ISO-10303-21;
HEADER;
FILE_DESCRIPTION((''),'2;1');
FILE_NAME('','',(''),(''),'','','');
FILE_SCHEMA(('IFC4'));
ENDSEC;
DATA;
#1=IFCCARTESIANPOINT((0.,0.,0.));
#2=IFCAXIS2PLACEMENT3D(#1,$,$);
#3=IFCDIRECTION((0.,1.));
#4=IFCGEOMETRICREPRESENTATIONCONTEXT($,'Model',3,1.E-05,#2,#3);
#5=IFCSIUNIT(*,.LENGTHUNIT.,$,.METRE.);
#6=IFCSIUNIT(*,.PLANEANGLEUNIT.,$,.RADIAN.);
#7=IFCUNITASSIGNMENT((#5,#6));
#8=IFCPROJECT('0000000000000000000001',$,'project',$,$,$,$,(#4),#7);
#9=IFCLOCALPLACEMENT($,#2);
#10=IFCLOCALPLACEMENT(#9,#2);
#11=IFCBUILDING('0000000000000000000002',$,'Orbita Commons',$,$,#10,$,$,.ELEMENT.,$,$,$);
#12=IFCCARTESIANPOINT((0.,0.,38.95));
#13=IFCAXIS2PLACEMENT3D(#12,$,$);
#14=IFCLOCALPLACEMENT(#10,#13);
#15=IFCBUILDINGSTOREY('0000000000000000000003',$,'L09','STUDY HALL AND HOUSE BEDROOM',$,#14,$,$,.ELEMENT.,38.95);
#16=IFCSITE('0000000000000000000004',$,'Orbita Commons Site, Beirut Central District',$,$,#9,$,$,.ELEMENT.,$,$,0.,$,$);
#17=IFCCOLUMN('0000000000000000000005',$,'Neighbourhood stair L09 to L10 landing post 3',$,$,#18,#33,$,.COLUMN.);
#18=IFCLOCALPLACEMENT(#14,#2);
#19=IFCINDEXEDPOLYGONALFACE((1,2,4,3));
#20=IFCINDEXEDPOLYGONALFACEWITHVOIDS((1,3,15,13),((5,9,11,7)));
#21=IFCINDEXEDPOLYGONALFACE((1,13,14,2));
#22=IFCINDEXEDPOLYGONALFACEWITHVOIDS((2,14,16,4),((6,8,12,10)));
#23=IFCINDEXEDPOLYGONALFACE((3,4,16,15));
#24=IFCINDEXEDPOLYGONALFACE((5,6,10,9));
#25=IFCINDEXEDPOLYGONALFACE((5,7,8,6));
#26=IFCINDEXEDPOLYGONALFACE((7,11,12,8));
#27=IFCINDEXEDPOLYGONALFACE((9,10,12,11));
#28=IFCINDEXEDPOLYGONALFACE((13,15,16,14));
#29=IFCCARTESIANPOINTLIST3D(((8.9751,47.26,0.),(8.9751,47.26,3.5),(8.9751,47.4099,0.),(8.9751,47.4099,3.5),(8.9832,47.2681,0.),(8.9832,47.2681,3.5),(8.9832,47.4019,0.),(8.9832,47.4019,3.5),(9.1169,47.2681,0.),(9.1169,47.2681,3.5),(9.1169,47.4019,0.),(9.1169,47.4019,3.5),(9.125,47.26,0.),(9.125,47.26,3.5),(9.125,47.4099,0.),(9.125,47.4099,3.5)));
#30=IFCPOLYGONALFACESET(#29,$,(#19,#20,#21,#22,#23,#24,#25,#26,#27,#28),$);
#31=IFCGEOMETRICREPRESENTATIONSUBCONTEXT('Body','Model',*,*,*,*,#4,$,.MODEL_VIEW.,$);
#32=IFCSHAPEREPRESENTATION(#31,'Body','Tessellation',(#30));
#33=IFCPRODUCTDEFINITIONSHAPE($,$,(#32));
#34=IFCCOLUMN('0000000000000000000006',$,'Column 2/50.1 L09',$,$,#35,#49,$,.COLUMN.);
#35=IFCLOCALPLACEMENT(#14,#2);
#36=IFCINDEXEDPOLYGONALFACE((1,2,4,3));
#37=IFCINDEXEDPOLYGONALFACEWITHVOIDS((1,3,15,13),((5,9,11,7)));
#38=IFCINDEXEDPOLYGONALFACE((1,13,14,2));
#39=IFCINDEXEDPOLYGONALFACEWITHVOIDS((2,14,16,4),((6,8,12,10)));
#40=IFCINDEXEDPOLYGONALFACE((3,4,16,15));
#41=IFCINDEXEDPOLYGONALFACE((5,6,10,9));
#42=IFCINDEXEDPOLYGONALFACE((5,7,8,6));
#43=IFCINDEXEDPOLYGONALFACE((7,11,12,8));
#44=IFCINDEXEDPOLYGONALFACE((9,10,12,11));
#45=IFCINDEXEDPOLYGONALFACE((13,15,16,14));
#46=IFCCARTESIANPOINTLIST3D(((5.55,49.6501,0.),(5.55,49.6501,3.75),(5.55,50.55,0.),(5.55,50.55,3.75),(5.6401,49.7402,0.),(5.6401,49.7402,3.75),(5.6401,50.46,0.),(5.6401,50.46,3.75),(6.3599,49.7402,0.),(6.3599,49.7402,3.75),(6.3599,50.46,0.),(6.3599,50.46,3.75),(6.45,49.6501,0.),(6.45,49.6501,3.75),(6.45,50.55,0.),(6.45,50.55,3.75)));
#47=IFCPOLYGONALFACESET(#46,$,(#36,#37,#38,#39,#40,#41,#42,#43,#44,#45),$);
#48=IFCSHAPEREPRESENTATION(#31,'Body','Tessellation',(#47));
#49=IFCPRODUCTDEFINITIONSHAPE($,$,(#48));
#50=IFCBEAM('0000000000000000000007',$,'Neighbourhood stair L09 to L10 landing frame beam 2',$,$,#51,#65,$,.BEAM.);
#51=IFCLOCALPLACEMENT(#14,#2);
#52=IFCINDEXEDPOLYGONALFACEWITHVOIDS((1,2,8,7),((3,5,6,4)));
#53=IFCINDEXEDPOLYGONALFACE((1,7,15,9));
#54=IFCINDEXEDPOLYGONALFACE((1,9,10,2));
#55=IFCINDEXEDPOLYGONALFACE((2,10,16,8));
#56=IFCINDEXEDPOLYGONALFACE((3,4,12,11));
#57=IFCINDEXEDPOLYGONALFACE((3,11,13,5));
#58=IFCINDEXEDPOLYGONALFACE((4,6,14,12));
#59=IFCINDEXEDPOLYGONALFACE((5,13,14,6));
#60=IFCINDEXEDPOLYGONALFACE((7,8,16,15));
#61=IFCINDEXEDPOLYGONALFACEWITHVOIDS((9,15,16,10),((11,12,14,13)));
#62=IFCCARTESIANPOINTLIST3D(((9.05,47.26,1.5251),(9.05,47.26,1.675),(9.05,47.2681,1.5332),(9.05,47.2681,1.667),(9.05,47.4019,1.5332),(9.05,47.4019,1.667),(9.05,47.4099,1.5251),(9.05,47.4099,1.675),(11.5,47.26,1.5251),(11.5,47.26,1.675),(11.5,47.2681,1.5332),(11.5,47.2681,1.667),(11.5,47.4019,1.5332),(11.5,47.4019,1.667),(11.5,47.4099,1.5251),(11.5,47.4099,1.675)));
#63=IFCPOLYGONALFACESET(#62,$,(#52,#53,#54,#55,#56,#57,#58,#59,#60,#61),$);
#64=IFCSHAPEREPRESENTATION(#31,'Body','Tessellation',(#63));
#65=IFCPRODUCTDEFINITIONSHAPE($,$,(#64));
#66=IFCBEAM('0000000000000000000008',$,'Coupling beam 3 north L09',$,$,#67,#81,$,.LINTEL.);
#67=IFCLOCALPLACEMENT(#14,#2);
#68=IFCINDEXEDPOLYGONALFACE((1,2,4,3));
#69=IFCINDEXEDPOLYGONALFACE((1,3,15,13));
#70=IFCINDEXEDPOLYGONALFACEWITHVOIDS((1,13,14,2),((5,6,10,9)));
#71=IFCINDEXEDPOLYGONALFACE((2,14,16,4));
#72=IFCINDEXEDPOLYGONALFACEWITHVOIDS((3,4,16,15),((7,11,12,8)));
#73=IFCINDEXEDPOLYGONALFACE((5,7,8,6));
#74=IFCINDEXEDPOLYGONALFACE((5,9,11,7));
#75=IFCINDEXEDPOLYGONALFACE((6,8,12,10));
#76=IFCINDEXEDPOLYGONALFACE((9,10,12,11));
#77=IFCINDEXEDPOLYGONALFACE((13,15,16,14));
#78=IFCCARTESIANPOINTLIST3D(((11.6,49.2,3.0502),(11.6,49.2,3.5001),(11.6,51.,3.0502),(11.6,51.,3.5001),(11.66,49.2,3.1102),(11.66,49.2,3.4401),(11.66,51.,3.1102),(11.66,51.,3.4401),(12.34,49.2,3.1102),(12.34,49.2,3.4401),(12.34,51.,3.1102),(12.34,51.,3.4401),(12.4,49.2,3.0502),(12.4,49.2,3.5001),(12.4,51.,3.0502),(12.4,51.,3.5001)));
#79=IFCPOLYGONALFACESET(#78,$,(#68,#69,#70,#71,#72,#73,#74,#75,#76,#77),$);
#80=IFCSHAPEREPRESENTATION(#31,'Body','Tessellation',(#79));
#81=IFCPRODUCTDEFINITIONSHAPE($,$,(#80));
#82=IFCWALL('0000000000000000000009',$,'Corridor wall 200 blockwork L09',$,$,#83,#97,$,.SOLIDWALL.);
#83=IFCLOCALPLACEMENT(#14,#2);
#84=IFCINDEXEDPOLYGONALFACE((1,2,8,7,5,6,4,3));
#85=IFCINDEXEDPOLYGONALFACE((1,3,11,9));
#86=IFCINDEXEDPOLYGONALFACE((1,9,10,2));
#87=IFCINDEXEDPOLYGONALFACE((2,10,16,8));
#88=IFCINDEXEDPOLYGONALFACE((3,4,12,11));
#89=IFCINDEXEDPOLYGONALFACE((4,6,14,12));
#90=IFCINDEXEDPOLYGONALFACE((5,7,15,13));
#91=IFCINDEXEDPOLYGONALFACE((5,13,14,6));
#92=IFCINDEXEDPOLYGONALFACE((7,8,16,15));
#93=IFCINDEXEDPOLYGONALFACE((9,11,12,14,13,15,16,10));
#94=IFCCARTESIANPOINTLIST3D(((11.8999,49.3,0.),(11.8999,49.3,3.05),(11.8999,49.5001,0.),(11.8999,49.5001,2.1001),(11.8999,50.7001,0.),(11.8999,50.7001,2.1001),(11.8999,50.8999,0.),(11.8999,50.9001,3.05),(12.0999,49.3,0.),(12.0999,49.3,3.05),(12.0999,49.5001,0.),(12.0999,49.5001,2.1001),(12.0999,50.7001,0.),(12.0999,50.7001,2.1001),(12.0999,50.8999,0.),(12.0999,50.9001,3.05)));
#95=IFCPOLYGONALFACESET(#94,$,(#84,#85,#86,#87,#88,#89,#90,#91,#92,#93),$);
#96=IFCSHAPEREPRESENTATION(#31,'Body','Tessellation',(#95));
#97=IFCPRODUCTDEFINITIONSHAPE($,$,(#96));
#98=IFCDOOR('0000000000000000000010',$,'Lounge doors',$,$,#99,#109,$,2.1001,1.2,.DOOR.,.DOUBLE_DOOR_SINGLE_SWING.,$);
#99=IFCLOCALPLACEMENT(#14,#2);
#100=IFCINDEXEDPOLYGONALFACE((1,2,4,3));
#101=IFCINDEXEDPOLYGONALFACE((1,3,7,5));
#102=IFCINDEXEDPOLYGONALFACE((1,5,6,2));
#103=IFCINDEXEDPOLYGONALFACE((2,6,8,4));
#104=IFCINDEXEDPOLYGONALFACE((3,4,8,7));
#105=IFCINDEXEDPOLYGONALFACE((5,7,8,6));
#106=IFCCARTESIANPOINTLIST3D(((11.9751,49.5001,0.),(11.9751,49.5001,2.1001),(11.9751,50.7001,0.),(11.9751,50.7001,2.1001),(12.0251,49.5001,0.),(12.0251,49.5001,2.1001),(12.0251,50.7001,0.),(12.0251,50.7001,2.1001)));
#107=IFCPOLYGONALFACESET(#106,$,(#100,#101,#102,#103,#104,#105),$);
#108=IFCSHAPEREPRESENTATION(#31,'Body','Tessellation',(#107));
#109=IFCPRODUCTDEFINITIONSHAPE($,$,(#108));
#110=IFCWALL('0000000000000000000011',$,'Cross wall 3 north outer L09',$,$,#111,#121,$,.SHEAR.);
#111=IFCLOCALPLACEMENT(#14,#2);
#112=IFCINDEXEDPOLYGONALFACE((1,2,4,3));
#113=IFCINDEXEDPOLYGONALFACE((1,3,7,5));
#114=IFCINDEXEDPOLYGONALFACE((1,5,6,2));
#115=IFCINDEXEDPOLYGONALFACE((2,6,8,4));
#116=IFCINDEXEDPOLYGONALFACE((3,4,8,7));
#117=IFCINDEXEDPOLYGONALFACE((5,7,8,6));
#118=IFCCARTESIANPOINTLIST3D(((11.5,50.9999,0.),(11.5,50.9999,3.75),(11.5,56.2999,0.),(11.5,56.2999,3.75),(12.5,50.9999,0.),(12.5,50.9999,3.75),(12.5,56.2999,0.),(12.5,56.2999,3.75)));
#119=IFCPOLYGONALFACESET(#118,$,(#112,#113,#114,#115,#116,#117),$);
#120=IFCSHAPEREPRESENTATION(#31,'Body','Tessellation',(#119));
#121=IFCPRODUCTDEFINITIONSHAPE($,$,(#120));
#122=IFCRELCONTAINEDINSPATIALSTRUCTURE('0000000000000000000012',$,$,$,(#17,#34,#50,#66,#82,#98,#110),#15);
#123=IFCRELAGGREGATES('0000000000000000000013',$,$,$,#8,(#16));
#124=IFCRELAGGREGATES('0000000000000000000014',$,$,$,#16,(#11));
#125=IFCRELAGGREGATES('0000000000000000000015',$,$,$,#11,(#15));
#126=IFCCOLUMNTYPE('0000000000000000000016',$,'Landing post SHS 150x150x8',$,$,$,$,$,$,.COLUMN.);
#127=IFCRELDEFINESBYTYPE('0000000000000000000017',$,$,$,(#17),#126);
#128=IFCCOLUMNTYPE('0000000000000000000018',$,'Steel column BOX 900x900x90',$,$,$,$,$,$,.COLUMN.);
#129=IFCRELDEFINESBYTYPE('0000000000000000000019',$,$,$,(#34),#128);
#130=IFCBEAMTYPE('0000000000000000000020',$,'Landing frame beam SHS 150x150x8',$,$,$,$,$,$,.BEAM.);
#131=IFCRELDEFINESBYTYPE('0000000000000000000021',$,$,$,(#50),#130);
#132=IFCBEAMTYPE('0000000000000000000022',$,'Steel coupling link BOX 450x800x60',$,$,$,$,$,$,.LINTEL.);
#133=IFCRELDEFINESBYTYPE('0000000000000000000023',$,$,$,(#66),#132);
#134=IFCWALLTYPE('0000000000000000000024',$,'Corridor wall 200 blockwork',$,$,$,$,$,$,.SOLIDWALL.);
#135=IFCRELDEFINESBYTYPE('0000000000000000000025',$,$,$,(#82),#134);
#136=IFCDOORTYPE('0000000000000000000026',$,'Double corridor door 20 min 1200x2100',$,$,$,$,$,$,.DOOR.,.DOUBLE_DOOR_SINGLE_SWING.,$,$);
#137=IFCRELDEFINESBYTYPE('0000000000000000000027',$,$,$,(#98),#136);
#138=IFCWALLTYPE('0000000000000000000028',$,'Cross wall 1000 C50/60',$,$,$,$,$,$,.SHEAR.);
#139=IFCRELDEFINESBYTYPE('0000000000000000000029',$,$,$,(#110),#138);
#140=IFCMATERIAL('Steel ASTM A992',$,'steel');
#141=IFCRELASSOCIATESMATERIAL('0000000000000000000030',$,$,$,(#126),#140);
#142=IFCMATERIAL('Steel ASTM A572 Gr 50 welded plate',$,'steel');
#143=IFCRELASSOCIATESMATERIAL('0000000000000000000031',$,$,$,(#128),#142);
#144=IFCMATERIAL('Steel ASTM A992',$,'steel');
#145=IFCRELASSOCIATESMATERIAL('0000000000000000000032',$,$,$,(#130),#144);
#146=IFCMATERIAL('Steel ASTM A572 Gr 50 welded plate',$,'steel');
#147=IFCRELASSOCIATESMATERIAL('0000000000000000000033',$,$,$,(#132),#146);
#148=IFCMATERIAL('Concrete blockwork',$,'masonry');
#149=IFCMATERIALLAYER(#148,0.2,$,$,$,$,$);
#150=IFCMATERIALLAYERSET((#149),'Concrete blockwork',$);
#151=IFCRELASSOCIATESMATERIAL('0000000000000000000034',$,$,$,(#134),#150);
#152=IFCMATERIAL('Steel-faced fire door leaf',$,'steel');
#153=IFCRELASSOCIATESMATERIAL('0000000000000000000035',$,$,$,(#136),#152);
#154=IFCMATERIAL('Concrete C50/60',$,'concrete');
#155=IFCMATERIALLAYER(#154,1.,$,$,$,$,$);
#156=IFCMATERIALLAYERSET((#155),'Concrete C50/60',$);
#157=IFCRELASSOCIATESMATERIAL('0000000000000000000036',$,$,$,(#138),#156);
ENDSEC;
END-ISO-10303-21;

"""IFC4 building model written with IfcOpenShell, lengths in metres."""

from ifc_helpers import new_model, si_unit, direction, frame, frame_2d, origin, origin_2d, place, context, subcontext, project, spatial, polyline, rectangle, hollow_rectangle, outline, extrude, material, layer, layer_set, material_profile, profile_set, type_object, element, fill, save


model = new_model("IFC4")

# Units and contexts
model_context = context("Model", 3, precision=1e-05, world=origin(), true_north=direction((0.0, 1.0)))
body_context = subcontext(model_context, "Body", "Model", "MODEL_VIEW")
ifc_project = project(units=[si_unit("LENGTHUNIT", "METRE"), si_unit("PLANEANGLEUNIT", "RADIAN")], contexts=[model_context])

# Site, building, storey
site_placement = place(None, origin())
site = spatial("IfcSite", under=ifc_project, at=site_placement, Name="Orbita Commons Site, Beirut Central District", CompositionType="ELEMENT", RefElevation=0.0)
building_placement = place(site_placement, origin())
building = spatial("IfcBuilding", under=site, at=building_placement, Name="Orbita Commons", CompositionType="ELEMENT")
storey_placement = place(building_placement, frame((0.0, 0.0, 38.95)))
storey = spatial("IfcBuildingStorey", under=building, at=storey_placement, Name="L09", Description="STUDY HALL AND HOUSE BEDROOM", CompositionType="ELEMENT", Elevation=38.95)

# Columns
ifc_material_1 = material(Name="Steel ASTM A992", Category="steel")
ifc_material_profile_1 = material_profile(ifc_material_1, hollow_rectangle(XDim=0.1499, YDim=0.1499, WallThickness=0.0081, at=origin_2d()), Name="SHS 150x150x8")
ifc_profile_set_1 = profile_set([ifc_material_profile_1], Name="Steel ASTM A992")
column_type_1 = type_object("IfcColumnType", Name="Landing post SHS 150x150x8", PredefinedType="COLUMN", material=ifc_profile_set_1)
column_1_placement = place(storey_placement, frame((9.05, 47.335, 0.0), z_axis=(0.0, 0.0, 1.0), x_axis=(1.0, 0.0, 0.0)))
element("IfcColumn", 1, at=column_1_placement, inside=storey, type_object=column_type_1, Name="Neighbourhood stair L09 to L10 landing post 3", PredefinedType="COLUMN", context=body_context, shape_type="SweptSolid", body=[
    extrude(hollow_rectangle(XDim=0.1499, YDim=0.1499, WallThickness=0.0081, at=origin_2d()), origin(), (0.0, 0.0, 1.0), 3.5),
])
ifc_material_2 = material(Name="Steel ASTM A572 Gr 50 welded plate", Category="steel")
ifc_material_profile_2 = material_profile(ifc_material_2, hollow_rectangle(XDim=0.8999, YDim=0.8999, WallThickness=0.0901, at=origin_2d()), Name="BOX 900x900x90")
ifc_profile_set_2 = profile_set([ifc_material_profile_2], Name="Steel ASTM A572 Gr 50 welded plate")
column_type_2 = type_object("IfcColumnType", Name="Steel column BOX 900x900x90", PredefinedType="COLUMN", material=ifc_profile_set_2)
column_2_placement = place(storey_placement, frame((6.0, 50.1001, 0.0), z_axis=(0.0, 0.0, 1.0), x_axis=(1.0, 0.0, 0.0)))
element("IfcColumn", 2, at=column_2_placement, inside=storey, type_object=column_type_2, Name="Column 2/50.1 L09", PredefinedType="COLUMN", context=body_context, shape_type="SweptSolid", body=[
    extrude(hollow_rectangle(XDim=0.8999, YDim=0.8999, WallThickness=0.0901, at=origin_2d()), origin(), (0.0, 0.0, 1.0), 3.75),
])

# Beams
ifc_material_3 = material(Name="Steel ASTM A992", Category="steel")
ifc_material_profile_3 = material_profile(ifc_material_3, hollow_rectangle(XDim=0.1499, YDim=0.1499, WallThickness=0.0081, at=origin_2d()), Name="SHS 150x150x8")
ifc_profile_set_3 = profile_set([ifc_material_profile_3], Name="Steel ASTM A992")
beam_type_1 = type_object("IfcBeamType", Name="Landing frame beam SHS 150x150x8", PredefinedType="BEAM", material=ifc_profile_set_3)
beam_1_placement = place(storey_placement, frame((9.05, 47.335, 1.6001), z_axis=(1.0, 0.0, 0.0), x_axis=(0.0, 1.0, 0.0)))
element("IfcBeam", 3, at=beam_1_placement, inside=storey, type_object=beam_type_1, Name="Neighbourhood stair L09 to L10 landing frame beam 2", PredefinedType="BEAM", context=body_context, shape_type="SweptSolid", body=[
    extrude(hollow_rectangle(XDim=0.1499, YDim=0.1499, WallThickness=0.0081, at=origin_2d()), origin(), (0.0, 0.0, 1.0), 2.45),
])
ifc_material_4 = material(Name="Steel ASTM A572 Gr 50 welded plate", Category="steel")
ifc_material_profile_4 = material_profile(ifc_material_4, hollow_rectangle(XDim=0.8, YDim=0.45, WallThickness=0.0601, at=origin_2d()), Name="BOX 450x800x60")
ifc_profile_set_4 = profile_set([ifc_material_profile_4], Name="Steel ASTM A572 Gr 50 welded plate")
beam_type_2 = type_object("IfcBeamType", Name="Steel coupling link BOX 450x800x60", PredefinedType="LINTEL", material=ifc_profile_set_4)
beam_2_placement = place(storey_placement, frame((12.0, 49.2, 3.2751), z_axis=(0.0, 1.0, 0.0), x_axis=(-1.0, 0.0, 0.0)))
element("IfcBeam", 4, at=beam_2_placement, inside=storey, type_object=beam_type_2, Name="Coupling beam 3 north L09", PredefinedType="LINTEL", context=body_context, shape_type="SweptSolid", body=[
    extrude(hollow_rectangle(XDim=0.8, YDim=0.45, WallThickness=0.0601, at=origin_2d()), origin(), (0.0, 0.0, 1.0), 1.8),
])

# Wall, opening, door
ifc_material_5 = material(Name="Concrete blockwork", Category="masonry")
ifc_layer_1 = layer(ifc_material_5, 0.2)
ifc_layer_set_1 = layer_set([ifc_layer_1], Name="Concrete blockwork")
wall_type_1 = type_object("IfcWallType", Name="Corridor wall 200 blockwork", PredefinedType="SOLIDWALL", material=ifc_layer_set_1)
wall_1_placement = place(storey_placement, frame((12.0, 49.3, 0.0), z_axis=(0.0, 0.0, 1.0), x_axis=(0.0, 1.0, 0.0)))
wall_1 = element("IfcWall", 5, at=wall_1_placement, inside=storey, type_object=wall_type_1, Name="Corridor wall 200 blockwork L09", PredefinedType="SOLIDWALL", context=body_context, shape_type="SweptSolid", body=[
    extrude(outline(polyline([(0.0, 0.0), (1.5999, 0.0), (1.6001, 3.05), (0.0, 3.05), (0.0, 0.0)])), frame((0.0, 0.1001, 0.0), z_axis=(0.0, -1.0, 0.0), x_axis=(1.0, 0.0, 0.0)), (0.0, 0.0, 1.0), 0.2),
])
opening_1_placement = place(wall_1_placement, frame((0.2, 0.0, 0.0)))
opening_1 = element("IfcOpeningElement", 6, at=opening_1_placement, cuts=wall_1, PredefinedType="OPENING", context=body_context, shape_type="SweptSolid", body=[
    extrude(rectangle(XDim=1.2, YDim=2.1001, at=frame_2d((0.6001, 1.05))), frame((0.0, 0.1099, 0.0), z_axis=(0.0, -1.0, 0.0), x_axis=(1.0, 0.0, 0.0)), (0.0, 0.0, 1.0), 0.22),
])
ifc_material_6 = material(Name="Steel-faced fire door leaf", Category="steel")
door_type = type_object("IfcDoorType", Name="Double corridor door 20 min 1200x2100", OperationType="DOUBLE_DOOR_SINGLE_SWING", PredefinedType="DOOR", material=ifc_material_6)
door_placement = place(opening_1_placement, origin())
door = element("IfcDoor", 7, at=door_placement, inside=storey, type_object=door_type, Name="Lounge doors", OperationType="DOUBLE_DOOR_SINGLE_SWING", OverallHeight=2.1001, OverallWidth=1.2, PredefinedType="DOOR", context=body_context, shape_type="SweptSolid", body=[
    extrude(rectangle(XDim=1.2, YDim=2.1001, at=frame_2d((0.6001, 1.05))), frame((0.0, 0.0249, 0.0), z_axis=(0.0, -1.0, 0.0), x_axis=(1.0, 0.0, 0.0)), (0.0, 0.0, 1.0), 0.05),
])
fill(opening_1, door)

# Wall
ifc_material_7 = material(Name="Concrete C50/60", Category="concrete")
ifc_layer_2 = layer(ifc_material_7, 1.0)
ifc_layer_set_2 = layer_set([ifc_layer_2], Name="Concrete C50/60")
wall_type_2 = type_object("IfcWallType", Name="Cross wall 1000 C50/60", PredefinedType="SHEAR", material=ifc_layer_set_2)
wall_2_placement = place(storey_placement, frame((12.0, 51.0, 0.0), z_axis=(0.0, 0.0, 1.0), x_axis=(0.0, 1.0, 0.0)))
element("IfcWall", 8, at=wall_2_placement, inside=storey, type_object=wall_type_2, Name="Cross wall 3 north outer L09", PredefinedType="SHEAR", context=body_context, shape_type="SweptSolid", body=[
    extrude(rectangle(XDim=5.3, YDim=1.0, at=frame_2d((2.6499, 0.0))), origin(), (0.0, 0.0, 1.0), 3.75),
])

save(model, "model.ifc")
